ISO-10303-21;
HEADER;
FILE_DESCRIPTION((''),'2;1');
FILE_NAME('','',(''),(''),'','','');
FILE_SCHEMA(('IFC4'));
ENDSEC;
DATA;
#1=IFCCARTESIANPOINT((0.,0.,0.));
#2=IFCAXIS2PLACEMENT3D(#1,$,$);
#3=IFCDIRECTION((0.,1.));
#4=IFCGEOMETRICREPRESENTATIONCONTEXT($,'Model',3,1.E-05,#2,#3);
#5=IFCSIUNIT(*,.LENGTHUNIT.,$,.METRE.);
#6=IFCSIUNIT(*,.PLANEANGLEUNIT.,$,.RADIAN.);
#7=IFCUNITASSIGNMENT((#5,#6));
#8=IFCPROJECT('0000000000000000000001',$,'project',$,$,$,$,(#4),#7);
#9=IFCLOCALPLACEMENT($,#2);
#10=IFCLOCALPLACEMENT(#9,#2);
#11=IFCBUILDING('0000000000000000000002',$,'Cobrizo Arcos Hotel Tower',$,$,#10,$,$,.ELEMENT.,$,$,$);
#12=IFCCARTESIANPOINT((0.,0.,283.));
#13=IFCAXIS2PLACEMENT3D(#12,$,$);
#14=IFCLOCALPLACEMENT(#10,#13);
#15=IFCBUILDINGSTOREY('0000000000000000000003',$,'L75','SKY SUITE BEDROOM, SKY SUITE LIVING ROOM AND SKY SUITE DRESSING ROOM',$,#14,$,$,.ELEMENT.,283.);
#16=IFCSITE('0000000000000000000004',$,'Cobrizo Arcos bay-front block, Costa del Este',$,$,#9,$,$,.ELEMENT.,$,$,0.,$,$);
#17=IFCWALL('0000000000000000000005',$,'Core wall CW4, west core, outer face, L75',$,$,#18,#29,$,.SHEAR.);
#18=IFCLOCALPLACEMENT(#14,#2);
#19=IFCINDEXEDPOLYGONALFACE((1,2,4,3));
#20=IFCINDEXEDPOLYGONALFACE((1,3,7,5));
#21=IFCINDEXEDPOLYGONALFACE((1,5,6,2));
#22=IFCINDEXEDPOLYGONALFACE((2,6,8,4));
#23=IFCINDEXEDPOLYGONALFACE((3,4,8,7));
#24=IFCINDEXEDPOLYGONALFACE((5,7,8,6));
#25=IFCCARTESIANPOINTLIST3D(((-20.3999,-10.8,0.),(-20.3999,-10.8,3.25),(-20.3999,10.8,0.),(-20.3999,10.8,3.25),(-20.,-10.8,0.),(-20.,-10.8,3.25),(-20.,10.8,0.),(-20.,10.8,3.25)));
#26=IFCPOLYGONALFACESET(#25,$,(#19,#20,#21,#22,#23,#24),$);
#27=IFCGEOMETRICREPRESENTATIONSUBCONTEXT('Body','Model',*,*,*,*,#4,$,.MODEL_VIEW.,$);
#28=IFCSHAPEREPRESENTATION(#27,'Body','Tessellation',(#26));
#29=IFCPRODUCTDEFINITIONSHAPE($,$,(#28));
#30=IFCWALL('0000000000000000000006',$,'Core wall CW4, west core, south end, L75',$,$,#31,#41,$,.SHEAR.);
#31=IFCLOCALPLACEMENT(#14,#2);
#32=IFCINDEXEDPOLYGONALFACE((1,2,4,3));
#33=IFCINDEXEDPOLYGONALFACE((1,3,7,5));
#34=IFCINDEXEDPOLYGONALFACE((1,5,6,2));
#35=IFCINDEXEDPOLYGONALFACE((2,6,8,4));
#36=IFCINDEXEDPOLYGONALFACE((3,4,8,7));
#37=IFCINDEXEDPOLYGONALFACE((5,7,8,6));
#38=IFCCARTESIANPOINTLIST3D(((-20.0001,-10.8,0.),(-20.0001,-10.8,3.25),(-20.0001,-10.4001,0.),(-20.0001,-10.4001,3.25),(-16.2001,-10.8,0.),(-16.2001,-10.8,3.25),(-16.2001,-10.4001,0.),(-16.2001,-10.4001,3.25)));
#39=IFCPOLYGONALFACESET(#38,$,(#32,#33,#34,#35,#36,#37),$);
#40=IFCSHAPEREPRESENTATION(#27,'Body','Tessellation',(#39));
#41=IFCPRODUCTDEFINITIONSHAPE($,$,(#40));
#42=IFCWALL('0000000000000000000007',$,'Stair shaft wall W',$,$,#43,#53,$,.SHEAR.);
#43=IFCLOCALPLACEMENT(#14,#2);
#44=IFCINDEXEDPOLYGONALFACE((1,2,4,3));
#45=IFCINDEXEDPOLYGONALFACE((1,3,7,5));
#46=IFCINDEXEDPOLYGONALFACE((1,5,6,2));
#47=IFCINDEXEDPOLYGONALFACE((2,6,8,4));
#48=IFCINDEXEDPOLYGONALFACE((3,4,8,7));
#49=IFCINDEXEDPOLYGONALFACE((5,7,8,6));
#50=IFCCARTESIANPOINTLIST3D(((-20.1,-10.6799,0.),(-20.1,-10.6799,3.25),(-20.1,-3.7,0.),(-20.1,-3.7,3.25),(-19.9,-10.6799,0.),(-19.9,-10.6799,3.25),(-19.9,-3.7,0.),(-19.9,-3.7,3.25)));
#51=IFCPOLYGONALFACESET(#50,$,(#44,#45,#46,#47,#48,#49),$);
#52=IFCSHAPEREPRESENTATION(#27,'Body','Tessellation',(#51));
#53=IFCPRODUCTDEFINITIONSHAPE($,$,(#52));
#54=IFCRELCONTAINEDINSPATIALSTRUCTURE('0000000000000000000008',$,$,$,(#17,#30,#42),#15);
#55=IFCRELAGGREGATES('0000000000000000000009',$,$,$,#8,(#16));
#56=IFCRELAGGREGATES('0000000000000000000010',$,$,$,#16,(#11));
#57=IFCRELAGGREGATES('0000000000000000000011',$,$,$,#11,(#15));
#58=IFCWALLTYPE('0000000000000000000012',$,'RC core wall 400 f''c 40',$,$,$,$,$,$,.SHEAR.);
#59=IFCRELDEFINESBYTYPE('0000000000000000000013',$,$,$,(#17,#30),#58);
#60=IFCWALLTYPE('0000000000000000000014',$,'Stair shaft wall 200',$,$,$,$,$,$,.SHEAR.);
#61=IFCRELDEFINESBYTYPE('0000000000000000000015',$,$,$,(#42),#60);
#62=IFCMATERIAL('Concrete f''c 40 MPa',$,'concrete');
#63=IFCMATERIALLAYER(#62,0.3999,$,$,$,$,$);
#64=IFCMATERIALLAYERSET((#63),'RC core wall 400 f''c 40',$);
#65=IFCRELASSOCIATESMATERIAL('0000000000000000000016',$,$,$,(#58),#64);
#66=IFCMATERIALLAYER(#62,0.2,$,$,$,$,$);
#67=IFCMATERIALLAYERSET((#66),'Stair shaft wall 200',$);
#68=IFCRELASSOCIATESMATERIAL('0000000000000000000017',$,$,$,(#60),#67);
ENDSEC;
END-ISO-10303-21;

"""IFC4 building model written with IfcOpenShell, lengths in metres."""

from ifc_helpers import new_model, si_unit, direction, frame, frame_2d, origin, place, context, subcontext, project, spatial, rectangle, extrude, material, layer, layer_set, type_object, element, save


model = new_model("IFC4")

# Units and contexts
model_context = context("Model", 3, precision=1e-05, world=origin(), true_north=direction((0.0, 1.0)))
body_context = subcontext(model_context, "Body", "Model", "MODEL_VIEW")
ifc_project = project(units=[si_unit("LENGTHUNIT", "METRE"), si_unit("PLANEANGLEUNIT", "RADIAN")], contexts=[model_context])

# Site, building, storey
site_placement = place(None, origin())
site = spatial("IfcSite", under=ifc_project, at=site_placement, Name="Cobrizo Arcos bay-front block, Costa del Este", CompositionType="ELEMENT", RefElevation=0.0)
building_placement = place(site_placement, origin())
building = spatial("IfcBuilding", under=site, at=building_placement, Name="Cobrizo Arcos Hotel Tower", CompositionType="ELEMENT")
storey_placement = place(building_placement, frame((0.0, 0.0, 283.0)))
storey = spatial("IfcBuildingStorey", under=building, at=storey_placement, Name="L75", Description="SKY SUITE BEDROOM, SKY SUITE LIVING ROOM AND SKY SUITE DRESSING ROOM", CompositionType="ELEMENT", Elevation=283.0)

# Shared definitions
ifc_material_1 = material(Name="Concrete f'c 40 MPa", Category="concrete")
ifc_layer_1 = layer(ifc_material_1, 0.3999)
ifc_layer_set_1 = layer_set([ifc_layer_1], Name="RC core wall 400 f'c 40")
wall_type_1 = type_object("IfcWallType", Name="RC core wall 400 f'c 40", PredefinedType="SHEAR", material=ifc_layer_set_1)

# Walls
wall_1_placement = place(storey_placement, frame((-20.2, -10.8, 0.0), z_axis=(0.0, 0.0, 1.0), x_axis=(0.0, 1.0, 0.0)))
element("IfcWall", 1, at=wall_1_placement, inside=storey, type_object=wall_type_1, Name="Core wall CW4, west core, outer face, L75", PredefinedType="SHEAR", context=body_context, shape_type="SweptSolid", body=[
    extrude(rectangle(XDim=21.6001, YDim=0.3999, at=frame_2d((10.8, 0.0))), origin(), (0.0, 0.0, 1.0), 3.25),
])
wall_2_placement = place(storey_placement, frame((-20.0, -10.6001, 0.0), z_axis=(0.0, 0.0, 1.0), x_axis=(1.0, 0.0, 0.0)))
element("IfcWall", 2, at=wall_2_placement, inside=storey, type_object=wall_type_1, Name="Core wall CW4, west core, south end, L75", PredefinedType="SHEAR", context=body_context, shape_type="SweptSolid", body=[
    extrude(rectangle(XDim=3.8, YDim=0.3999, at=frame_2d((1.8999, 0.0))), origin(), (0.0, 0.0, 1.0), 3.25),
])
ifc_layer_2 = layer(ifc_material_1, 0.2)
ifc_layer_set_2 = layer_set([ifc_layer_2], Name="Stair shaft wall 200")
wall_type_2 = type_object("IfcWallType", Name="Stair shaft wall 200", PredefinedType="SHEAR", material=ifc_layer_set_2)
wall_3_placement = place(storey_placement, frame((-20.0, -10.6799, 0.0), z_axis=(0.0, 0.0, 1.0), x_axis=(0.0, 1.0, 0.0)))
element("IfcWall", 3, at=wall_3_placement, inside=storey, type_object=wall_type_2, Name="Stair shaft wall W", PredefinedType="SHEAR", context=body_context, shape_type="SweptSolid", body=[
    extrude(rectangle(XDim=6.98, YDim=0.2, at=frame_2d((3.49, 0.0))), origin(), (0.0, 0.0, 1.0), 3.25),
])

save(model, "model.ifc")
